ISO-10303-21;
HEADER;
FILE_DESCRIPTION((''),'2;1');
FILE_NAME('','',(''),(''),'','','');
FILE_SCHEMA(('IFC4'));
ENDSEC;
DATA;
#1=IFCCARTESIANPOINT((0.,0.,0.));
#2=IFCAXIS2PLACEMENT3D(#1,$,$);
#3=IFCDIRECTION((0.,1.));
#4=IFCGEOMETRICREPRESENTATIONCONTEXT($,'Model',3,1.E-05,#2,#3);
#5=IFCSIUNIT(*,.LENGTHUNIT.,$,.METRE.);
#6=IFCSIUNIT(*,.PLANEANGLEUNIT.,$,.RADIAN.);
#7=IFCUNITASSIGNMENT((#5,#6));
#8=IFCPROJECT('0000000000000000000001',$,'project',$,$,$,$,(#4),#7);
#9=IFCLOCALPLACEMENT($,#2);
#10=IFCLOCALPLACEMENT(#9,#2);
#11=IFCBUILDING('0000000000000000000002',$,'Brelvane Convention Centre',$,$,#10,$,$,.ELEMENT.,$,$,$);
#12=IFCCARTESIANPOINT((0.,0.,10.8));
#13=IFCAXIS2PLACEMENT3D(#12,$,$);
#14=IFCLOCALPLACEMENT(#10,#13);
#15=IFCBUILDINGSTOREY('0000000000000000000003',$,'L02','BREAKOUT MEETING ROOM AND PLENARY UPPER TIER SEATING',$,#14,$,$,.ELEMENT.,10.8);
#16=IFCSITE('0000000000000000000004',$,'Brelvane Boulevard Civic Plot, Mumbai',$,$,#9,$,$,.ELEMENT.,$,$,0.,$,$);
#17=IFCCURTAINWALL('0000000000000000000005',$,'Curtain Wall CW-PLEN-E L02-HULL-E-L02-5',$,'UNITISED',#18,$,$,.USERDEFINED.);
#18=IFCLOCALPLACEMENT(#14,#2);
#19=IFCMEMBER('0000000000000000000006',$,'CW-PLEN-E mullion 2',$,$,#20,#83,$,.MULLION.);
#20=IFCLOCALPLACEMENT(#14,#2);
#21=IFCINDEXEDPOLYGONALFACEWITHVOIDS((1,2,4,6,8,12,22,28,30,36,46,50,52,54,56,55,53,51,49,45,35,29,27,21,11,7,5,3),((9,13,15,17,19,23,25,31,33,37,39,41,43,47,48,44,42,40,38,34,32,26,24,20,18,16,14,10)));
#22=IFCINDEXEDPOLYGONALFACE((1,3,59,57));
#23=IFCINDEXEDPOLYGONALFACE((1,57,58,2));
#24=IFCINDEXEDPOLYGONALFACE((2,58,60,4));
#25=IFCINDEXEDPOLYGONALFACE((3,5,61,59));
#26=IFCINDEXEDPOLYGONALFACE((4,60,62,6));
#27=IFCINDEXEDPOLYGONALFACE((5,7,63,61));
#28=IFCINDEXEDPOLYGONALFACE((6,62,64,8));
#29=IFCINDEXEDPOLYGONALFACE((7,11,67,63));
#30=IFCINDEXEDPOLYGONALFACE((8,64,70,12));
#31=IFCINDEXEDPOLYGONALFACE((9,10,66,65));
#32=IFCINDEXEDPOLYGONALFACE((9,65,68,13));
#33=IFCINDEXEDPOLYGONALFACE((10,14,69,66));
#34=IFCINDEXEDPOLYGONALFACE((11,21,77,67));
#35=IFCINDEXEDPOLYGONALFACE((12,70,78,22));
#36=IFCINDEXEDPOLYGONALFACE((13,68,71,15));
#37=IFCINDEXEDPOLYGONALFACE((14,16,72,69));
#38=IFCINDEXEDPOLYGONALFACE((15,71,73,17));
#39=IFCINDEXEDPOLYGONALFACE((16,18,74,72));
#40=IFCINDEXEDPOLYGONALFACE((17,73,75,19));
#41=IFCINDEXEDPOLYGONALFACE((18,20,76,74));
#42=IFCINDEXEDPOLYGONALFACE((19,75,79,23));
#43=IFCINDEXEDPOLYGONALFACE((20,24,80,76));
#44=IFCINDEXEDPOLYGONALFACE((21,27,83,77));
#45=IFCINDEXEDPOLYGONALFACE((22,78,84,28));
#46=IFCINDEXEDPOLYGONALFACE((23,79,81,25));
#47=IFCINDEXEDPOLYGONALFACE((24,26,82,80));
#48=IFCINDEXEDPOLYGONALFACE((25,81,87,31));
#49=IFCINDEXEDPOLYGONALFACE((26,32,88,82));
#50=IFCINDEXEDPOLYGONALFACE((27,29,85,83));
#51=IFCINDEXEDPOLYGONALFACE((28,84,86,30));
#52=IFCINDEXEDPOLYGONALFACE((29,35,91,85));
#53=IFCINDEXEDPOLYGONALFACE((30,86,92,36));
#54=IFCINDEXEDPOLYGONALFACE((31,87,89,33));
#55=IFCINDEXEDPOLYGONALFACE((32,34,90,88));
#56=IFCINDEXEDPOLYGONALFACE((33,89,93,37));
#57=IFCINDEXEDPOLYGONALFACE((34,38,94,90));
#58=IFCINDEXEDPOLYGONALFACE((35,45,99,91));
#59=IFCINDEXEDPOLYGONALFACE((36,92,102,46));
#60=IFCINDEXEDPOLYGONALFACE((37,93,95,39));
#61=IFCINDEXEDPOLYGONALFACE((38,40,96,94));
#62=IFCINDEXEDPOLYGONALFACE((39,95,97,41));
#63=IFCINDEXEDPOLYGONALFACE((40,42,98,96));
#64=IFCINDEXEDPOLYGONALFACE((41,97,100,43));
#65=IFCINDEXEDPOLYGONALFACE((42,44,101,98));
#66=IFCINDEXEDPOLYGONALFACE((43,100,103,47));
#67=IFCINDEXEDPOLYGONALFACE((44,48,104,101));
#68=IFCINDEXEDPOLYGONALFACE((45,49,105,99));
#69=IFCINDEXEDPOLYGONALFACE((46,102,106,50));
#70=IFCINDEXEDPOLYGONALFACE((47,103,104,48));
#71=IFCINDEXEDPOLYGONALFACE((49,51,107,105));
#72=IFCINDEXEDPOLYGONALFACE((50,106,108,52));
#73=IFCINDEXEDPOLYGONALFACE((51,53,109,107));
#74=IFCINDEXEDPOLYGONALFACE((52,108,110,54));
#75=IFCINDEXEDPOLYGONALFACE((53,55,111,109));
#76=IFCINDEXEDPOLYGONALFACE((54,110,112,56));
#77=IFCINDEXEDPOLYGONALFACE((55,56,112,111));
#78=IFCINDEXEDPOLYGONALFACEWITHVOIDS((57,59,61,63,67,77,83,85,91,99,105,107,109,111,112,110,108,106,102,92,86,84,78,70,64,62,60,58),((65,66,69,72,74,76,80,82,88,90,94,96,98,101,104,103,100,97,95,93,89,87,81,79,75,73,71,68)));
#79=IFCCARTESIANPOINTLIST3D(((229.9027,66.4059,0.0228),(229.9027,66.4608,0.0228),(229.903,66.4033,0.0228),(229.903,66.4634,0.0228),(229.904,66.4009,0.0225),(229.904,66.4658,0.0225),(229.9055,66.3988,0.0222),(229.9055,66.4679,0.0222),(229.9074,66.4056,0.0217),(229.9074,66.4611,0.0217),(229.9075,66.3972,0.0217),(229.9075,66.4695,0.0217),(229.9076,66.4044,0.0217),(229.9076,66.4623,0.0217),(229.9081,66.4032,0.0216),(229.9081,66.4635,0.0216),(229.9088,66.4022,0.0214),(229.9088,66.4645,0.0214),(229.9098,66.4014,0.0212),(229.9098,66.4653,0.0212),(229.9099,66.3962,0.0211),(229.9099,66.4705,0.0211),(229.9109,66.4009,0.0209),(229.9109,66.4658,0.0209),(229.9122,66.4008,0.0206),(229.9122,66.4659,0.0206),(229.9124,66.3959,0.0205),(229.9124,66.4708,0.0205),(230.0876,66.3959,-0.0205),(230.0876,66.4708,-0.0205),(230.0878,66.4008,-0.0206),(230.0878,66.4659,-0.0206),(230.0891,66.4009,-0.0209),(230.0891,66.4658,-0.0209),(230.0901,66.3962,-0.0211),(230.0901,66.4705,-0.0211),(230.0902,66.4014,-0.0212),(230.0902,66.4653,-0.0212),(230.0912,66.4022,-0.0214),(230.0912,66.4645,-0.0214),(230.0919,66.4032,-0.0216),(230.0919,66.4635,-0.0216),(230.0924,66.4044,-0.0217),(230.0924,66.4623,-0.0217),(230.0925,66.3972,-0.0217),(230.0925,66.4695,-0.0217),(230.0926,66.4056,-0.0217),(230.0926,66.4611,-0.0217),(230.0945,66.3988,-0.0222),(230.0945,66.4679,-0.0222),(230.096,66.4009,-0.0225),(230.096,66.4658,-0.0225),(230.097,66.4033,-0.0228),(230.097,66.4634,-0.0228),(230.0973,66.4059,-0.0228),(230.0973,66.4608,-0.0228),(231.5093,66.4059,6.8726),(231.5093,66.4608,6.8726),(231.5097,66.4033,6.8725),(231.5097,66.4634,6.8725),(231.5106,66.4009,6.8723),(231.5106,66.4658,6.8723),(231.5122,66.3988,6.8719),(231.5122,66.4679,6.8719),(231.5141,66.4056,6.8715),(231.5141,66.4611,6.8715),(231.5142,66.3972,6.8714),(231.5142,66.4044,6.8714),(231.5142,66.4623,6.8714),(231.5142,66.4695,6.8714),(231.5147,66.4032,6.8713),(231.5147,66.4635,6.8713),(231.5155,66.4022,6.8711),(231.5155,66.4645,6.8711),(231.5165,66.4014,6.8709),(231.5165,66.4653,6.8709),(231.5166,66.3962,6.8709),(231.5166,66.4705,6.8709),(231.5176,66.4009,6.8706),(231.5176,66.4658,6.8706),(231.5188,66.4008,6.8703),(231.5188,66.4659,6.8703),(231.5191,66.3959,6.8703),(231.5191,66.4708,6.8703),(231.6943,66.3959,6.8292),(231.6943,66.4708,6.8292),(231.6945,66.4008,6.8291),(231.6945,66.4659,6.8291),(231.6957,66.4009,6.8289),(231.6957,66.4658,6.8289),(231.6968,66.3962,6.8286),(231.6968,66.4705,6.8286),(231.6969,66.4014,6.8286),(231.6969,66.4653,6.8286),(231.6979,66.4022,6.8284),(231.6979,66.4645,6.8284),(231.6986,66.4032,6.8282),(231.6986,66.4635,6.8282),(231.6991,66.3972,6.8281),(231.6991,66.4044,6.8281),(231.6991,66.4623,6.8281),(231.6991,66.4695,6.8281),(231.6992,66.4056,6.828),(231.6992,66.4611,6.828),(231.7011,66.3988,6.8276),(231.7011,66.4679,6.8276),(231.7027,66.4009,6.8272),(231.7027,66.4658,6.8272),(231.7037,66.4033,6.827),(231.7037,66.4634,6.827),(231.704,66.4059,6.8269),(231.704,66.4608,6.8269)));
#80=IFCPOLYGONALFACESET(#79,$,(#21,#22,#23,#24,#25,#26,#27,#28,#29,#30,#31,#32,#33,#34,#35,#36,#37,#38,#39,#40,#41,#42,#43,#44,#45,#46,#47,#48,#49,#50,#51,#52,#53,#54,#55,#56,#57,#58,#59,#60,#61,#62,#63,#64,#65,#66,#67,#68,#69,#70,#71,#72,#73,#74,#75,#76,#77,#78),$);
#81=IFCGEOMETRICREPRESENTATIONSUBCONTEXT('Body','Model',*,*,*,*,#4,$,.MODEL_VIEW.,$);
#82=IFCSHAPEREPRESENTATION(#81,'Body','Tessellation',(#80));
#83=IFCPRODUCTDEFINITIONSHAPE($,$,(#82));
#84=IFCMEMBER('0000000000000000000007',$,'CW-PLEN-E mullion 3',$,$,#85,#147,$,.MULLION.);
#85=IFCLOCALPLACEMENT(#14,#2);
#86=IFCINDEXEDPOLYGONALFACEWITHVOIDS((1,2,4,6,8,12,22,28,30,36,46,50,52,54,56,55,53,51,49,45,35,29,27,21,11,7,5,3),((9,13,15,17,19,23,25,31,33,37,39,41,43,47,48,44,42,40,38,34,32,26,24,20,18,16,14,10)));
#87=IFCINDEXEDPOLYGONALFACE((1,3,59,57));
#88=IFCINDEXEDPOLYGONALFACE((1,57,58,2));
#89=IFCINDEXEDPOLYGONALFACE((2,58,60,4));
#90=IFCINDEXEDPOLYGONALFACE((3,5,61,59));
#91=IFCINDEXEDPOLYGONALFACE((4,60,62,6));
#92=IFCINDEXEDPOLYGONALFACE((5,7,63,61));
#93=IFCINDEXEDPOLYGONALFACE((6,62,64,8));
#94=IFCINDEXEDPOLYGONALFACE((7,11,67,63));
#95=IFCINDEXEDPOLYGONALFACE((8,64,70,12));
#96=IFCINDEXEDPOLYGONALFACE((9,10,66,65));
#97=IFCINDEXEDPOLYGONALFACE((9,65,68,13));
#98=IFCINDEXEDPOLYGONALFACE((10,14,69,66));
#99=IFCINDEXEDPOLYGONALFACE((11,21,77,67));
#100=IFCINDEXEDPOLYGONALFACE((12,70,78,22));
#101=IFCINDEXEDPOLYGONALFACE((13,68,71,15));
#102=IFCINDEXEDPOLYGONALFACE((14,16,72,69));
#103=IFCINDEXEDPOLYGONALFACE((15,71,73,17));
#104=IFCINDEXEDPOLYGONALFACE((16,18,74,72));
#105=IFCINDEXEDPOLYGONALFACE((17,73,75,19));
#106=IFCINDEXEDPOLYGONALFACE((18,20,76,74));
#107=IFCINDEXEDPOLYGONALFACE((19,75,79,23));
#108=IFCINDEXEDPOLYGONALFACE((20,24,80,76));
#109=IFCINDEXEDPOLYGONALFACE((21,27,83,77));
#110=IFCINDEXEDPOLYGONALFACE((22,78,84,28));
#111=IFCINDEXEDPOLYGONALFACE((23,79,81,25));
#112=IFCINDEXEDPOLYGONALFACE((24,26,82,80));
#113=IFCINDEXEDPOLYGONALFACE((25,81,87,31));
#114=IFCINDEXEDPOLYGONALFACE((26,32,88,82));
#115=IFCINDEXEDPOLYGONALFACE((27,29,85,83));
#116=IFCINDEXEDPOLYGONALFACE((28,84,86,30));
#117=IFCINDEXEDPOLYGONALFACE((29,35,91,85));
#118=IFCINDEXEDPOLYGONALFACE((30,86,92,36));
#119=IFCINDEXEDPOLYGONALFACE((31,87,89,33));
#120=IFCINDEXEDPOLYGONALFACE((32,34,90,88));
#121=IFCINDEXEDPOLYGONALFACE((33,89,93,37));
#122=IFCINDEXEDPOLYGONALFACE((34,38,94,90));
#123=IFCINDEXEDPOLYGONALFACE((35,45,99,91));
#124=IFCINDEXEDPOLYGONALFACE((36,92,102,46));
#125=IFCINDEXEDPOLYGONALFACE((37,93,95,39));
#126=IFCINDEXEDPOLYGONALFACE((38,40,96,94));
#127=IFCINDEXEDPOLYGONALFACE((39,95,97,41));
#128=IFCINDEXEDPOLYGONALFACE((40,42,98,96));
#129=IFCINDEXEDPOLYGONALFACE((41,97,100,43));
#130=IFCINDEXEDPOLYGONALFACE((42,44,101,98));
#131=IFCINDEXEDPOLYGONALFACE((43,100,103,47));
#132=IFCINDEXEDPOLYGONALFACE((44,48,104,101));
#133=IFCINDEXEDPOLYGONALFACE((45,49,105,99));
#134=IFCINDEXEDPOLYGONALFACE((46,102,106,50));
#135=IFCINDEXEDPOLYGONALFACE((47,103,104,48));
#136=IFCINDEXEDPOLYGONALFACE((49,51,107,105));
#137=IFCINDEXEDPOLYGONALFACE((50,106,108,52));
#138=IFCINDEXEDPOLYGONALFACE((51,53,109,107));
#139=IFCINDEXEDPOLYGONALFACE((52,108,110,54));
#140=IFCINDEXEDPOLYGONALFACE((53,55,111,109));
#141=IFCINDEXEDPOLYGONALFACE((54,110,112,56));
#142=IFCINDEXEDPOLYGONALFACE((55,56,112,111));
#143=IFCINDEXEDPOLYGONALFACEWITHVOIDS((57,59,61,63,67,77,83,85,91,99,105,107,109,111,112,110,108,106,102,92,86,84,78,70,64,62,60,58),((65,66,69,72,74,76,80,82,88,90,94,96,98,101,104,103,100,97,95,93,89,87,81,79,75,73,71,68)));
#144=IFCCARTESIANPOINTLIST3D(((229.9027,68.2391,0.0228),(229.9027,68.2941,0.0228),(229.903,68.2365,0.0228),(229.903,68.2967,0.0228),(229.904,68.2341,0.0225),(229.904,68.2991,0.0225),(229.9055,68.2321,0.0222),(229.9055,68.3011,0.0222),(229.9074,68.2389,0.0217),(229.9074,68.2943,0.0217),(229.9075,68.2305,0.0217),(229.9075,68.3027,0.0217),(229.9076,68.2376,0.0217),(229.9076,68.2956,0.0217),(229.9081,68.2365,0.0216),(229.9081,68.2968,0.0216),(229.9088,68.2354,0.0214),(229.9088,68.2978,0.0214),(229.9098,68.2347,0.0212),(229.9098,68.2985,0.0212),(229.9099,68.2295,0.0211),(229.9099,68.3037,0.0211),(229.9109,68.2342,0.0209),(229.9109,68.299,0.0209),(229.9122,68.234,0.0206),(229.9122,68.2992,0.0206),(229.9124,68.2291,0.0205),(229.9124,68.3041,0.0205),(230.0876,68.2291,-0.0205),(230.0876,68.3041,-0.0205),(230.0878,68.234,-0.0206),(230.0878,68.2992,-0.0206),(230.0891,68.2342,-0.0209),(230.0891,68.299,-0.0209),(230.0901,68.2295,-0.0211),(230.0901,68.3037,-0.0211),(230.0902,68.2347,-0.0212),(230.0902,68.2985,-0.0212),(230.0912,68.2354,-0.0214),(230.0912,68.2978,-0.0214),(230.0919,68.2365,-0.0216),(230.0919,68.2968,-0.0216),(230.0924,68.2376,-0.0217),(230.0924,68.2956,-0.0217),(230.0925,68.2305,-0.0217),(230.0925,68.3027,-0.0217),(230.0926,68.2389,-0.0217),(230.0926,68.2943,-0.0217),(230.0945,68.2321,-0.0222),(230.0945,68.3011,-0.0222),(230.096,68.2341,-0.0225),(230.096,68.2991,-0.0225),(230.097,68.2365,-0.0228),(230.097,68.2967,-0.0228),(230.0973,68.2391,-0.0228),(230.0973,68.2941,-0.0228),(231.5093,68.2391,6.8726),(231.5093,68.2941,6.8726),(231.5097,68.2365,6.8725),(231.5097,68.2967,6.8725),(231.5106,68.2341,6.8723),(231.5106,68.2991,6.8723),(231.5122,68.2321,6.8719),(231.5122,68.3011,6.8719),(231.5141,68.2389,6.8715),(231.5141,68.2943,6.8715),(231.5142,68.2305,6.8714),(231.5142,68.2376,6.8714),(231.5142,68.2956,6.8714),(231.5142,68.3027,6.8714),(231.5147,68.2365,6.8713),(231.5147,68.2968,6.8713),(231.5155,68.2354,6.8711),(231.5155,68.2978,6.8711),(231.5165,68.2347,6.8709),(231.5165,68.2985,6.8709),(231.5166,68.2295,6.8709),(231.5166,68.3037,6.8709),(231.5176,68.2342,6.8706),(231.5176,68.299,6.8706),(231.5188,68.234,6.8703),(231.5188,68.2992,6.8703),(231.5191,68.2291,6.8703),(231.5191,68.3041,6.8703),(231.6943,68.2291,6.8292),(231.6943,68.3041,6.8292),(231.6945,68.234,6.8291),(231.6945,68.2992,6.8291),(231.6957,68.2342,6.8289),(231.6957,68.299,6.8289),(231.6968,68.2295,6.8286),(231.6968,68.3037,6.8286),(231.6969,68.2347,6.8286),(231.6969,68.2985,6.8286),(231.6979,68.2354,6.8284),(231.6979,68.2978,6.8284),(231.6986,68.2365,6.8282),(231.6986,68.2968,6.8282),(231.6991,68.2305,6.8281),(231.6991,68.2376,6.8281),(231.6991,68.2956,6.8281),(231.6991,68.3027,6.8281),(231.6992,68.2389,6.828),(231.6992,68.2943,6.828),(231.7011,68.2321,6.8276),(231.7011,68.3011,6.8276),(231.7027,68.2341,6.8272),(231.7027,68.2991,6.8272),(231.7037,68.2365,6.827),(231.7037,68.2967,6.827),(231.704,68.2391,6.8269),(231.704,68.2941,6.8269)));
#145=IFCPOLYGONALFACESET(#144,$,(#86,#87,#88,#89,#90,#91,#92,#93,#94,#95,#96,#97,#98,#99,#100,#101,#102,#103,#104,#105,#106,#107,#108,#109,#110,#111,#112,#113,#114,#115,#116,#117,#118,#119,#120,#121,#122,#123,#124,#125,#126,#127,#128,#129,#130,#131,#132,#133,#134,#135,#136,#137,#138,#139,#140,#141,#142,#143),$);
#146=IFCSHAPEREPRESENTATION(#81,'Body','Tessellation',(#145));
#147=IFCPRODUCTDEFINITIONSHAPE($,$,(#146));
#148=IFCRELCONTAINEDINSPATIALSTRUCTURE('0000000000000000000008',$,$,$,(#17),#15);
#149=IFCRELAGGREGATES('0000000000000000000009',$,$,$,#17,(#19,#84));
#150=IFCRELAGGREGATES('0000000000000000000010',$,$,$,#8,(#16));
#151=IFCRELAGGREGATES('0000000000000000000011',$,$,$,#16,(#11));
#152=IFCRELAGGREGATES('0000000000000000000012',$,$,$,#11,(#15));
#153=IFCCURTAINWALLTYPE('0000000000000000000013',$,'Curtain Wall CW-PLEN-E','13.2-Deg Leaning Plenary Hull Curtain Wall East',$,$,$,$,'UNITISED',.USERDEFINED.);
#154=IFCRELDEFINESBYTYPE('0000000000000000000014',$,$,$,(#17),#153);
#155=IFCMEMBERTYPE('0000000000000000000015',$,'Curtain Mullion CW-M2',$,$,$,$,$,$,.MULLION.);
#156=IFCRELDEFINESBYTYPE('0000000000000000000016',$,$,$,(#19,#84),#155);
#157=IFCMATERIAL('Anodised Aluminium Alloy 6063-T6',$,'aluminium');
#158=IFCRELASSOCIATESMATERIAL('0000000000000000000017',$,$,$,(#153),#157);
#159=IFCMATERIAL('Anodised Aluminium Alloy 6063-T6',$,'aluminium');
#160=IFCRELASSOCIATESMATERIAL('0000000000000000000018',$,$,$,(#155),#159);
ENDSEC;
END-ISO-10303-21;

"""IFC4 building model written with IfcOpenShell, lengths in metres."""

from ifc_helpers import new_model, si_unit, direction, frame, origin, origin_2d, place, context, subcontext, project, spatial, hollow_rectangle, extrude, material, material_profile, profile_set, type_object, element, aggregate, save


model = new_model("IFC4")

# Units and contexts
model_context = context("Model", 3, precision=1e-05, world=origin(), true_north=direction((0.0, 1.0)))
body_context = subcontext(model_context, "Body", "Model", "MODEL_VIEW")
ifc_project = project(units=[si_unit("LENGTHUNIT", "METRE"), si_unit("PLANEANGLEUNIT", "RADIAN")], contexts=[model_context])

# Site, building, storey
site_placement = place(None, origin())
site = spatial("IfcSite", under=ifc_project, at=site_placement, Name="Brelvane Boulevard Civic Plot, Mumbai", CompositionType="ELEMENT", RefElevation=0.0)
building_placement = place(site_placement, origin())
building = spatial("IfcBuilding", under=site, at=building_placement, Name="Brelvane Convention Centre", CompositionType="ELEMENT")
storey_placement = place(building_placement, frame((0.0, 0.0, 10.8)))
storey = spatial("IfcBuildingStorey", under=building, at=storey_placement, Name="L02", Description="BREAKOUT MEETING ROOM AND PLENARY UPPER TIER SEATING", CompositionType="ELEMENT", Elevation=10.8)

# Curtain wall, members
ifc_material_1 = material(Name="Anodised Aluminium Alloy 6063-T6", Category="aluminium")
curtain_wall_type = type_object("IfcCurtainWallType", Name="Curtain Wall CW-PLEN-E", Description="13.2-Deg Leaning Plenary Hull Curtain Wall East", ElementType="UNITISED", PredefinedType="USERDEFINED", material=ifc_material_1)
curtain_wall_1_placement = place(storey_placement, origin())
curtain_wall_1 = element("IfcCurtainWall", 1, at=curtain_wall_1_placement, inside=storey, type_object=curtain_wall_type, Name="Curtain Wall CW-PLEN-E L02-HULL-E-L02-5", ObjectType="UNITISED", PredefinedType="USERDEFINED")
ifc_material_2 = material(Name="Anodised Aluminium Alloy 6063-T6", Category="aluminium")
ifc_material_profile_1 = material_profile(ifc_material_2, hollow_rectangle(XDim=0.075, YDim=0.2, WallThickness=0.0049, InnerFilletRadius=0.0049, OuterFilletRadius=0.01, at=origin_2d()), Name="ALU-M 200x75x5.0")
ifc_profile_set_1 = profile_set([ifc_material_profile_1], Name="Anodised Aluminium Alloy 6063-T6")
member_type_1 = type_object("IfcMemberType", Name="Curtain Mullion CW-M2", PredefinedType="MULLION", material=ifc_profile_set_1)
member_1_placement = place(storey_placement, frame((230.0, 66.4333, 0.0), z_axis=(0.22836, 0.0, 0.973577), x_axis=(0.0, 1.0, 0.0)))
member_1 = element("IfcMember", 2, at=member_1_placement, type_object=member_type_1, Name="CW-PLEN-E mullion 2", PredefinedType="MULLION", context=body_context, shape_type="SweptSolid", body=[
    extrude(hollow_rectangle(XDim=0.075, YDim=0.2, WallThickness=0.0049, InnerFilletRadius=0.0049, OuterFilletRadius=0.01, at=origin_2d()), origin(), (0.0, 0.0, 1.0), 7.0356),
])
member_2_placement = place(storey_placement, frame((230.0, 68.2666, 0.0), z_axis=(0.22836, 0.0, 0.973577), x_axis=(0.0, 1.0, 0.0)))
member_2 = element("IfcMember", 3, at=member_2_placement, type_object=member_type_1, Name="CW-PLEN-E mullion 3", PredefinedType="MULLION", context=body_context, shape_type="SweptSolid", body=[
    extrude(hollow_rectangle(XDim=0.075, YDim=0.2, WallThickness=0.0049, InnerFilletRadius=0.0049, OuterFilletRadius=0.01, at=origin_2d()), origin(), (0.0, 0.0, 1.0), 7.0356),
])

aggregate(curtain_wall_1, [member_1, member_2])

save(model, "model.ifc")
